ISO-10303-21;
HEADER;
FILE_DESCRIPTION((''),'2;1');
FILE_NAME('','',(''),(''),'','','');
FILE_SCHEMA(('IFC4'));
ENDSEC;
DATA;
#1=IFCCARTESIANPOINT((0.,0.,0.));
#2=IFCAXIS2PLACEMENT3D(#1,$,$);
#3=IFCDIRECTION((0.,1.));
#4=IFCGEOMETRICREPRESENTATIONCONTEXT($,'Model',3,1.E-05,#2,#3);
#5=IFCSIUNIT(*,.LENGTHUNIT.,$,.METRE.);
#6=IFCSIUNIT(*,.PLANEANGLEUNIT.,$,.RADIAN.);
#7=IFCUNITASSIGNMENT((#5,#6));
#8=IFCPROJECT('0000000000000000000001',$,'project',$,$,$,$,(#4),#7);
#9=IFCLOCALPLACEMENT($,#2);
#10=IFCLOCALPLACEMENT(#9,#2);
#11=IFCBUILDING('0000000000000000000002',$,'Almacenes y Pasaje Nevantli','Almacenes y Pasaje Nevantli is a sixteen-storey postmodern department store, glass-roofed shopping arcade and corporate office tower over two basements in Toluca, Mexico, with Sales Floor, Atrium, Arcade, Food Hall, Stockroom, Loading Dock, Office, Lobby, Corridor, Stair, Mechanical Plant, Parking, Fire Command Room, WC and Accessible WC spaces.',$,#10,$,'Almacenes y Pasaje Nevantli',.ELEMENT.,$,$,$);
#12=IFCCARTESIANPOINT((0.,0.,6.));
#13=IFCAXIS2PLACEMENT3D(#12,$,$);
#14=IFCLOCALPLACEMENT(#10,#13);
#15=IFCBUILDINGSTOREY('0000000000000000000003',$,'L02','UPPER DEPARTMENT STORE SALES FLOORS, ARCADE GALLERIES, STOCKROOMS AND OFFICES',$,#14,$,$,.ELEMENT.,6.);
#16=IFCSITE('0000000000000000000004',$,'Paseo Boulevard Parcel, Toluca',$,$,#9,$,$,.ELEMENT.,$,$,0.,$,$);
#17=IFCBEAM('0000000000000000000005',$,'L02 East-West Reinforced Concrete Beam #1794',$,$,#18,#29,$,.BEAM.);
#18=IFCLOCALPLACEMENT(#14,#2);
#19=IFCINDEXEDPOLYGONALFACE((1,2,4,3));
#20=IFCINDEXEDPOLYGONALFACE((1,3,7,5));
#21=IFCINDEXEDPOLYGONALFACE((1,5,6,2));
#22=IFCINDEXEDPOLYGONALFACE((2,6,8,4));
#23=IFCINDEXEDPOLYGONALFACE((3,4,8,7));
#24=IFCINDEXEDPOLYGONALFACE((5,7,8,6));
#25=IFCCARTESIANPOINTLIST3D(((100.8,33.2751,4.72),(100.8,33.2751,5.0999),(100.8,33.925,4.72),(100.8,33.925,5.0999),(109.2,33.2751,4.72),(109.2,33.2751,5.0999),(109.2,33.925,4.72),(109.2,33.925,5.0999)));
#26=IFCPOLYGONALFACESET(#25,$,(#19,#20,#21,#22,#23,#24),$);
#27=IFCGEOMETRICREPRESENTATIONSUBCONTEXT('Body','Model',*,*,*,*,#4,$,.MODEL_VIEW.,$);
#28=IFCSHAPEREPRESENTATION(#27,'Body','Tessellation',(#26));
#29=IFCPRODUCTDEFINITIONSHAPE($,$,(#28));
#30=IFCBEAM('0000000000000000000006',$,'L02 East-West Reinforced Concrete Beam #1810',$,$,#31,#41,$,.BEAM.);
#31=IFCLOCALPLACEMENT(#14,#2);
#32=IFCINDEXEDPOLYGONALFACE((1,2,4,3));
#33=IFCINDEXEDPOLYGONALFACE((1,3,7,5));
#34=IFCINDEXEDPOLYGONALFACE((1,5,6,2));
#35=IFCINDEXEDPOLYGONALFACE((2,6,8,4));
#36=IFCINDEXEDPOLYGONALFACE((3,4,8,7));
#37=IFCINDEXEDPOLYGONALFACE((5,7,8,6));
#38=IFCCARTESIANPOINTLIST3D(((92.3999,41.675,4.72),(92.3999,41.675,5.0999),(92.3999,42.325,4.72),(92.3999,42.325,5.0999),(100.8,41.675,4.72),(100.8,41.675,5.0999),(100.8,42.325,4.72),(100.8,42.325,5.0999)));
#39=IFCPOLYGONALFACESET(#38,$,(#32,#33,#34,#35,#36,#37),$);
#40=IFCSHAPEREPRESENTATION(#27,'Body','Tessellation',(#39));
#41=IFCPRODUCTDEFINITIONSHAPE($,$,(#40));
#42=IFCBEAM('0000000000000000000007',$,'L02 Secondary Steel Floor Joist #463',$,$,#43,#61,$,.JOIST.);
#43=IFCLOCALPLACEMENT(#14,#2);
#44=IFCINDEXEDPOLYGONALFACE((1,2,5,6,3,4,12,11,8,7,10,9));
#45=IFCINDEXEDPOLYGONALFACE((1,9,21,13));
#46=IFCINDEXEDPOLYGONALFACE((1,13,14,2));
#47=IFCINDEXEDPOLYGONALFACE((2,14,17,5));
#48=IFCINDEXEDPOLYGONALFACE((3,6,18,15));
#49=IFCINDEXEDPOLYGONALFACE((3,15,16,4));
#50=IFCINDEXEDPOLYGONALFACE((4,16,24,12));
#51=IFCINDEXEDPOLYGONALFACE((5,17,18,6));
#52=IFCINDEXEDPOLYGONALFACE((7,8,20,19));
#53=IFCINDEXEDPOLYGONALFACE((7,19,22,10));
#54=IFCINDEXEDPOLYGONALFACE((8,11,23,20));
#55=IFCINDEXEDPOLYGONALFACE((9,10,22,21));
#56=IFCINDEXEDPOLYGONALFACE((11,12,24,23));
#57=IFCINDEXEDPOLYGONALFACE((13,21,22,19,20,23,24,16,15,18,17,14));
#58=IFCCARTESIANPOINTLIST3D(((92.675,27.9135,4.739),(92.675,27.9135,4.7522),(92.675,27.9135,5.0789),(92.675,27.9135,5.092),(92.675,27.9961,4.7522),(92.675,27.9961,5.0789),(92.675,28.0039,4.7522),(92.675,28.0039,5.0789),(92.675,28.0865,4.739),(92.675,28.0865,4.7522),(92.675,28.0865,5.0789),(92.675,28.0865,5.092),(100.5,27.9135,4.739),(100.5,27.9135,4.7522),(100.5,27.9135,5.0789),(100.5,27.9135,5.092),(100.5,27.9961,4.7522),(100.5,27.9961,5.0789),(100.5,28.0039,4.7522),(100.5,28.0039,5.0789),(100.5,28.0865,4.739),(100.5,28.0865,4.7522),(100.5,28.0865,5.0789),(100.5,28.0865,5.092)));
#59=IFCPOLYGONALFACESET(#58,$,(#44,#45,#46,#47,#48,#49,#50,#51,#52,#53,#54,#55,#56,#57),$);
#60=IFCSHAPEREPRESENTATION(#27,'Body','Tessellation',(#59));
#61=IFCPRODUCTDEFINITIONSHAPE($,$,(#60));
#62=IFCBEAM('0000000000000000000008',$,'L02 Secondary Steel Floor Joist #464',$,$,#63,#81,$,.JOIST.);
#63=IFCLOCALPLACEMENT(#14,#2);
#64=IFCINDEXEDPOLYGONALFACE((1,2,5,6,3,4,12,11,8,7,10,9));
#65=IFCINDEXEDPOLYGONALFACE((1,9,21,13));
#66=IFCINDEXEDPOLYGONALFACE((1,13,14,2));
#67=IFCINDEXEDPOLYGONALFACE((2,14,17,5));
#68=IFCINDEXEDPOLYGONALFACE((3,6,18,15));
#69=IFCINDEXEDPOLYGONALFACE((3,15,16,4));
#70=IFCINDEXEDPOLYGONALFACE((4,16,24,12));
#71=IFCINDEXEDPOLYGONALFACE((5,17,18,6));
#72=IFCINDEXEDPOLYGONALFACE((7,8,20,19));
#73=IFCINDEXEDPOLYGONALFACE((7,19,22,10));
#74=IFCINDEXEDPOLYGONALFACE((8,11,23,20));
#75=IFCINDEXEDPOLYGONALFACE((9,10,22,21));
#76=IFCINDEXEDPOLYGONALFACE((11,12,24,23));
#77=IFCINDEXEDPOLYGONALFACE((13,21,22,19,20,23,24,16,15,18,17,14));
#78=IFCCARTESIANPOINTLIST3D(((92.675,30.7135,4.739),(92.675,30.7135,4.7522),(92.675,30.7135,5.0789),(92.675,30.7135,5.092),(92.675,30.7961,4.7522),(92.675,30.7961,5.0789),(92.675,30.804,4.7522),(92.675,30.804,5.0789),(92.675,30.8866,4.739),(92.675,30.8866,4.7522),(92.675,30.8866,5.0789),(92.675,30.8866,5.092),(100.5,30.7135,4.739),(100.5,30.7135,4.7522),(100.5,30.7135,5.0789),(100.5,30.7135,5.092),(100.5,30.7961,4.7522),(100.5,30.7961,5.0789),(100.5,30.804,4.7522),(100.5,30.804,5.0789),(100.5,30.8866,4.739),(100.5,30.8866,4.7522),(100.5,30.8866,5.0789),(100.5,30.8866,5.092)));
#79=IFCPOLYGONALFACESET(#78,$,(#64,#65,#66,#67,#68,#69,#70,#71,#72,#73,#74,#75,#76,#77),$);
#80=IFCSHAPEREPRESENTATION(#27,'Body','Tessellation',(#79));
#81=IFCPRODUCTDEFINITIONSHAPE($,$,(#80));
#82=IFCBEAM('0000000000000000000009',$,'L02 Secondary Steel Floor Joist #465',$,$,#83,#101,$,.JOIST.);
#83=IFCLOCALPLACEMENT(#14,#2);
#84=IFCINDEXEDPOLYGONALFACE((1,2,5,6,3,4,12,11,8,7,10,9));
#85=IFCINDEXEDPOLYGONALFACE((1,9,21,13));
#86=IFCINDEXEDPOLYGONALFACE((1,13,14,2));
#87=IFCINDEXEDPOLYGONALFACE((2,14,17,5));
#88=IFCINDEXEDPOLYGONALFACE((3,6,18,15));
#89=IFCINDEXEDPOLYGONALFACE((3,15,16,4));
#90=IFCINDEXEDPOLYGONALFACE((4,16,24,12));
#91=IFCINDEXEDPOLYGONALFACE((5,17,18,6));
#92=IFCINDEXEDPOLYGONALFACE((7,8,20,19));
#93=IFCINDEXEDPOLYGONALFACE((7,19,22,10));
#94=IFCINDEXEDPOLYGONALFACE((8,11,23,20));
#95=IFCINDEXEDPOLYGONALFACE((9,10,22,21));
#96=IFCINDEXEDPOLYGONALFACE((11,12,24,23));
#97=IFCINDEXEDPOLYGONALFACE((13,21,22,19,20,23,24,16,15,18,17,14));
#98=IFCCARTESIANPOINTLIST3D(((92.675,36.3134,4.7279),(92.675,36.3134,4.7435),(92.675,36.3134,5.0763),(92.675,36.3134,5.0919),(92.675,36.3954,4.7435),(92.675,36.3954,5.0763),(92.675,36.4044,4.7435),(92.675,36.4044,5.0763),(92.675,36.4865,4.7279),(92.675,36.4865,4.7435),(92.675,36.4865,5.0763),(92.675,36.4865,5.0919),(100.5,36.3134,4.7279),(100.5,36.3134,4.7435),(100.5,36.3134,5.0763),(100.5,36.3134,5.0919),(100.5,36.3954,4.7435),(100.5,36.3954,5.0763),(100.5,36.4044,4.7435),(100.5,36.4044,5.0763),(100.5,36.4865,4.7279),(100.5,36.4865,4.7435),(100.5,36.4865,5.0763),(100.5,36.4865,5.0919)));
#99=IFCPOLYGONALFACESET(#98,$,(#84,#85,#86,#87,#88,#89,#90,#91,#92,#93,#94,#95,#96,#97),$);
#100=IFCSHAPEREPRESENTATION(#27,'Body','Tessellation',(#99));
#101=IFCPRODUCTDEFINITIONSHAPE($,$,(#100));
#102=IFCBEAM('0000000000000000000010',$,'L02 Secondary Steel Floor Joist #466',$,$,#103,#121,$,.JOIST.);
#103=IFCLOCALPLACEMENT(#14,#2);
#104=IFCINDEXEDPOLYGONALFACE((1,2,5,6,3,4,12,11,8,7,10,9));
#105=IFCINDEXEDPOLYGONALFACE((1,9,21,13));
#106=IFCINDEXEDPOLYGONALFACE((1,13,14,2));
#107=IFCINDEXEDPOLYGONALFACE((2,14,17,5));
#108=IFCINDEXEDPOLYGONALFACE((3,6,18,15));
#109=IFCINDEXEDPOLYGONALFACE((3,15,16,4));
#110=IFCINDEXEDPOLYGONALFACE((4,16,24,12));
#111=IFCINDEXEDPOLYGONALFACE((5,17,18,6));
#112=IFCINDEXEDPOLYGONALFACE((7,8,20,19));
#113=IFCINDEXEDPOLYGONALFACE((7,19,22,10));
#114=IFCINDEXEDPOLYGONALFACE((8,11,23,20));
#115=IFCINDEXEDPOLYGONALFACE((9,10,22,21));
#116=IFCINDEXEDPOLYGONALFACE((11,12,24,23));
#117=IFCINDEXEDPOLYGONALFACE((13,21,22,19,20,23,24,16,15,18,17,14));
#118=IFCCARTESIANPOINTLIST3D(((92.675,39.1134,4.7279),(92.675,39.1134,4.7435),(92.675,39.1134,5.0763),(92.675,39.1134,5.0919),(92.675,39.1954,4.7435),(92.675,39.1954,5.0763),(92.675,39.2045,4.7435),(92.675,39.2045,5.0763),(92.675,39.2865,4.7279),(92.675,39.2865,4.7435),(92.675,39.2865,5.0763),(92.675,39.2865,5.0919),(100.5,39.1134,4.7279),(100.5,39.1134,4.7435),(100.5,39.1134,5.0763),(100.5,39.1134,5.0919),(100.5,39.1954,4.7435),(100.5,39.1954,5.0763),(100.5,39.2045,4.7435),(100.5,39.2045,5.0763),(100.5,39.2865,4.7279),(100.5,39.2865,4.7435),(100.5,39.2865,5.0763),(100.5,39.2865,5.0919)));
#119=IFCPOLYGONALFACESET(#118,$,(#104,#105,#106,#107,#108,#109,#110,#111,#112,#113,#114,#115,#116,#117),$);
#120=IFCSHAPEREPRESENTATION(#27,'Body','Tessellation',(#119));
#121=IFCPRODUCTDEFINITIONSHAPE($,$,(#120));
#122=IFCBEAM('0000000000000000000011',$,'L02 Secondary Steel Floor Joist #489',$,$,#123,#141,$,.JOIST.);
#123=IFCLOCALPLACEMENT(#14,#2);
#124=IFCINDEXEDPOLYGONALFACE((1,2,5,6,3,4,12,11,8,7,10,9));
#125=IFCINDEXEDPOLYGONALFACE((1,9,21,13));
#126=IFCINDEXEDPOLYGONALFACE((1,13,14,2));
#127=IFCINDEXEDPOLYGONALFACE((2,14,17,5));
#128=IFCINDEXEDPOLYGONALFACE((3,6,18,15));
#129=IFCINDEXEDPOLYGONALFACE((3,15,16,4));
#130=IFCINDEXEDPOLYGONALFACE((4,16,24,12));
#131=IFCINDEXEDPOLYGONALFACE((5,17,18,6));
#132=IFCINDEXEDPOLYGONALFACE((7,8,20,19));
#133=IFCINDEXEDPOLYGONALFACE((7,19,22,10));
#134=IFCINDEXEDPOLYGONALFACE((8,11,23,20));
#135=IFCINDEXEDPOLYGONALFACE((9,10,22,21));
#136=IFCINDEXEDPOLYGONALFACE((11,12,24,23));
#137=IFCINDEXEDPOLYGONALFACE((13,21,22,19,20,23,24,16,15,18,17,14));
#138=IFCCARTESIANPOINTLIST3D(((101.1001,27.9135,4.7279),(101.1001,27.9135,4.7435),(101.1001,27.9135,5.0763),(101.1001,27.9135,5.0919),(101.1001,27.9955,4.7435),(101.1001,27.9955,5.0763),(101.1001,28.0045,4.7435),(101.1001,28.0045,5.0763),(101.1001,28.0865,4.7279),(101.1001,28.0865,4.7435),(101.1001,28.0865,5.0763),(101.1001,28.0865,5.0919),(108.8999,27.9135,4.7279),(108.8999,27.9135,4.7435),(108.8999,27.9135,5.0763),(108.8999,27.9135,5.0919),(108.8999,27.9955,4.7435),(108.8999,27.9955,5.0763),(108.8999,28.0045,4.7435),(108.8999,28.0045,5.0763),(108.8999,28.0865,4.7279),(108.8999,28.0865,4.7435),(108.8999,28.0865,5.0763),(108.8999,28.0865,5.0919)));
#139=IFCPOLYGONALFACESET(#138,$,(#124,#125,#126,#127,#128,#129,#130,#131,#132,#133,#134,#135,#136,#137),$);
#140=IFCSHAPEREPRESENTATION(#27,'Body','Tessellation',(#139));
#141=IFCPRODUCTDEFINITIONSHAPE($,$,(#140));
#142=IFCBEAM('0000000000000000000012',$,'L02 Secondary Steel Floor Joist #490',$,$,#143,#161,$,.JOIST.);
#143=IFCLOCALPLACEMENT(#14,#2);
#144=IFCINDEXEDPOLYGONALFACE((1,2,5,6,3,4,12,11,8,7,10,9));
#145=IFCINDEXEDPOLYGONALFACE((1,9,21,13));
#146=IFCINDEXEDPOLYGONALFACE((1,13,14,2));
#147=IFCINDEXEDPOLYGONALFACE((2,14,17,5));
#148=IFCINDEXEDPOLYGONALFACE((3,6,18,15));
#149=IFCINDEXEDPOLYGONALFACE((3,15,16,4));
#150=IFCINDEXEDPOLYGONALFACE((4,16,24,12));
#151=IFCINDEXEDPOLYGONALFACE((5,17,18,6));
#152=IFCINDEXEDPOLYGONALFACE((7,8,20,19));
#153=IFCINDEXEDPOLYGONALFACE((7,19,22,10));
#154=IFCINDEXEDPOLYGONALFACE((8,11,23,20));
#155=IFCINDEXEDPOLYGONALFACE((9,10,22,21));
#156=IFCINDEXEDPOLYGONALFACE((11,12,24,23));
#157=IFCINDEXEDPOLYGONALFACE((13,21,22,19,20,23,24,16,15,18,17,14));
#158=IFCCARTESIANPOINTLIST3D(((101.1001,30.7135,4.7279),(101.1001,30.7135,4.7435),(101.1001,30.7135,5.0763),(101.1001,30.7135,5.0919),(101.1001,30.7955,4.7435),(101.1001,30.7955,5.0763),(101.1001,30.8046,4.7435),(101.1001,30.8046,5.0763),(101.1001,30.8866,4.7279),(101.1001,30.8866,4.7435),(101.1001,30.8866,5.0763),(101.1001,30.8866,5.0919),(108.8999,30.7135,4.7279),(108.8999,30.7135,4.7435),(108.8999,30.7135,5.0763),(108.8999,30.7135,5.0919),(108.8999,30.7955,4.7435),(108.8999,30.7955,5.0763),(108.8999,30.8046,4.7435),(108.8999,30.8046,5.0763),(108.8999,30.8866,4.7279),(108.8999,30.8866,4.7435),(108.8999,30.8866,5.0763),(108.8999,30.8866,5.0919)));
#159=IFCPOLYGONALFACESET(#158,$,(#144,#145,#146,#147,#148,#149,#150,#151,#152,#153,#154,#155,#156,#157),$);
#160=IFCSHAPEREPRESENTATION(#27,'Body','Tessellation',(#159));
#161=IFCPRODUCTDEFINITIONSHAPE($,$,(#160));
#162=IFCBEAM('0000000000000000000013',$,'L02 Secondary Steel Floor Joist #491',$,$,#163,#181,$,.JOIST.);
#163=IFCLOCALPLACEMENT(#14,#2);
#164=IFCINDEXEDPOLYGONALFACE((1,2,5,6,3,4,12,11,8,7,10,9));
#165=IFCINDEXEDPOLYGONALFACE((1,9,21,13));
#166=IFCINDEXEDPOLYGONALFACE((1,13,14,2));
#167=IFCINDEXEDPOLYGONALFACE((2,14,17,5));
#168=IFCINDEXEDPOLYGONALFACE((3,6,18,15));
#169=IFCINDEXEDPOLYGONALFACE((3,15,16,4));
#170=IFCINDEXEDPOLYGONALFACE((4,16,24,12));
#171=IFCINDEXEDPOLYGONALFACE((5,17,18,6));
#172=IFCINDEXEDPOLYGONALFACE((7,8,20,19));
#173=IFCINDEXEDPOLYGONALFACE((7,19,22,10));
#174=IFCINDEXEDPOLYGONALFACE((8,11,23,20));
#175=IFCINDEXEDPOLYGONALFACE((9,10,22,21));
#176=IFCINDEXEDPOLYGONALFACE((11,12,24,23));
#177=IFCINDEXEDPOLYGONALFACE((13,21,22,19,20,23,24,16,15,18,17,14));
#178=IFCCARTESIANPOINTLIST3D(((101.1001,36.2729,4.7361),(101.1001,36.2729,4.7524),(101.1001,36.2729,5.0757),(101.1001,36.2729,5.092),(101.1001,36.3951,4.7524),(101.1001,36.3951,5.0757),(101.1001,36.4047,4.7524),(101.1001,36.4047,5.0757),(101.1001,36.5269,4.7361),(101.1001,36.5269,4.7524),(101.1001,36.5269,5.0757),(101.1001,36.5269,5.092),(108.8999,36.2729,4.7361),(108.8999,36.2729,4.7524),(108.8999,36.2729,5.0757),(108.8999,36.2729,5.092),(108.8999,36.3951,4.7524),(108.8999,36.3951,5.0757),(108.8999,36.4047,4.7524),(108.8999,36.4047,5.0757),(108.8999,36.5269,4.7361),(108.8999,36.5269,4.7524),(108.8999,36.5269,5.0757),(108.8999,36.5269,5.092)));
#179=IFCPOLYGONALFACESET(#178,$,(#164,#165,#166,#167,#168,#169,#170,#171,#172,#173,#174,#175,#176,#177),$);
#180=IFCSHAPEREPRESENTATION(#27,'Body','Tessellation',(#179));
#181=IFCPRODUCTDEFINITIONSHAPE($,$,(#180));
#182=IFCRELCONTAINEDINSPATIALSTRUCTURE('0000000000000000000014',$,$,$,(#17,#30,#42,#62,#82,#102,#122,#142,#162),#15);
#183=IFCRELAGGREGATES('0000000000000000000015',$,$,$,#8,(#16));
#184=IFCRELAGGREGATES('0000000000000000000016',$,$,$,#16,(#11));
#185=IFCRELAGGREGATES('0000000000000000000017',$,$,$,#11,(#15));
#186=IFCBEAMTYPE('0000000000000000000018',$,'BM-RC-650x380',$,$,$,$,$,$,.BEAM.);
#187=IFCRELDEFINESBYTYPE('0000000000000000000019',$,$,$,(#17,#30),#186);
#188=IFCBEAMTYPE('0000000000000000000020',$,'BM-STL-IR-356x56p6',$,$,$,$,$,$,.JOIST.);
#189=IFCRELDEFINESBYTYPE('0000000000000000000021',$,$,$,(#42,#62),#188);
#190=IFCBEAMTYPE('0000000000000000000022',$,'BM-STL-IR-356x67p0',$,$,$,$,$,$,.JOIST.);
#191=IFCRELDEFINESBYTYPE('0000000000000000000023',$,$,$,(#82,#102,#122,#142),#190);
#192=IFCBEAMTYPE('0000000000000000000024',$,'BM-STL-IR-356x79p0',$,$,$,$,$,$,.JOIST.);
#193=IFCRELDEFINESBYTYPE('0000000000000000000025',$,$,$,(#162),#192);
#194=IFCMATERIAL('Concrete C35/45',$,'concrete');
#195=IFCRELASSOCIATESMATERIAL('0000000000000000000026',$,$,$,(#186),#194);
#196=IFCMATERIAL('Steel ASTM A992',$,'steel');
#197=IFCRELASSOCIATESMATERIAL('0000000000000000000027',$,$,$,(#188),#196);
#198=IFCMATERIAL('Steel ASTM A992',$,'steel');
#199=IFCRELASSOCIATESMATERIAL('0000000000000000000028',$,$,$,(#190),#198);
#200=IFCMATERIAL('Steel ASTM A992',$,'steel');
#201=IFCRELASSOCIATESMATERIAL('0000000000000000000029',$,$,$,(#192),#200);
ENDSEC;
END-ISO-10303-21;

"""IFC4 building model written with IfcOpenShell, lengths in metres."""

from ifc_helpers import new_model, si_unit, direction, frame, origin, origin_2d, place, context, subcontext, project, spatial, rectangle, i_section, extrude, material, material_profile, profile_set, type_object, element, save


model = new_model("IFC4")

# Units and contexts
model_context = context("Model", 3, precision=1e-05, world=origin(), true_north=direction((0.0, 1.0)))
body_context = subcontext(model_context, "Body", "Model", "MODEL_VIEW")
ifc_project = project(units=[si_unit("LENGTHUNIT", "METRE"), si_unit("PLANEANGLEUNIT", "RADIAN")], contexts=[model_context])

# Site, building, storey
site_placement = place(None, origin())
site = spatial("IfcSite", under=ifc_project, at=site_placement, Name="Paseo Boulevard Parcel, Toluca", CompositionType="ELEMENT", RefElevation=0.0)
building_placement = place(site_placement, origin())
building = spatial("IfcBuilding", under=site, at=building_placement, Name="Almacenes y Pasaje Nevantli", Description="Almacenes y Pasaje Nevantli is a sixteen-storey postmodern department store, glass-roofed shopping arcade and corporate office tower over two basements in Toluca, Mexico, with Sales Floor, Atrium, Arcade, Food Hall, Stockroom, Loading Dock, Office, Lobby, Corridor, Stair, Mechanical Plant, Parking, Fire Command Room, WC and Accessible WC spaces.", LongName="Almacenes y Pasaje Nevantli", CompositionType="ELEMENT")
storey_placement = place(building_placement, frame((0.0, 0.0, 6.0)))
storey = spatial("IfcBuildingStorey", under=building, at=storey_placement, Name="L02", Description="UPPER DEPARTMENT STORE SALES FLOORS, ARCADE GALLERIES, STOCKROOMS AND OFFICES", CompositionType="ELEMENT", Elevation=6.0)

# Beams
ifc_material_1 = material(Name="Concrete C35/45", Category="concrete")
ifc_material_profile_1 = material_profile(ifc_material_1, rectangle(XDim=0.6499, YDim=0.3799, at=origin_2d()), Name="RC-BM-650x380")
ifc_profile_set_1 = profile_set([ifc_material_profile_1], Name="Concrete C35/45")
beam_type_1 = type_object("IfcBeamType", Name="BM-RC-650x380", PredefinedType="BEAM", material=ifc_profile_set_1)
beam_1_placement = place(storey_placement, frame((100.8, 33.6001, 4.9099), z_axis=(1.0, 0.0, 0.0), x_axis=(0.0, 1.0, 0.0)))
element("IfcBeam", 1, at=beam_1_placement, inside=storey, type_object=beam_type_1, Name="L02 East-West Reinforced Concrete Beam #1794", PredefinedType="BEAM", context=body_context, shape_type="SweptSolid", body=[
    extrude(rectangle(XDim=0.6499, YDim=0.3799, at=origin_2d()), origin(), (0.0, 0.0, 1.0), 8.3999),
])
beam_2_placement = place(storey_placement, frame((92.3999, 42.0, 4.9099), z_axis=(1.0, 0.0, 0.0), x_axis=(0.0, 1.0, 0.0)))
element("IfcBeam", 2, at=beam_2_placement, inside=storey, type_object=beam_type_1, Name="L02 East-West Reinforced Concrete Beam #1810", PredefinedType="BEAM", context=body_context, shape_type="SweptSolid", body=[
    extrude(rectangle(XDim=0.6499, YDim=0.3799, at=origin_2d()), origin(), (0.0, 0.0, 1.0), 8.4001),
])
ifc_material_2 = material(Name="Steel ASTM A992", Category="steel")
ifc_material_profile_2 = material_profile(ifc_material_2, i_section(OverallWidth=0.1731, OverallDepth=0.353, WebThickness=0.0078, FlangeThickness=0.0132, at=origin_2d()), Name="IR 356x56.6")
ifc_profile_set_2 = profile_set([ifc_material_profile_2], Name="Steel ASTM A992")
beam_type_2 = type_object("IfcBeamType", Name="BM-STL-IR-356x56p6", PredefinedType="JOIST", material=ifc_profile_set_2)
for number, where, z_axis, x_axis, name in (
    (3, (92.675, 28.0, 4.9155), (1.0, 0.0, 0.0), (0.0, 1.0, 0.0), "L02 Secondary Steel Floor Joist #463"),
    (4, (92.675, 30.8, 4.9155), (1.0, 0.0, 0.0), (0.0, 1.0, 0.0), "L02 Secondary Steel Floor Joist #464"),
):
    element("IfcBeam", number, at=place(storey_placement, frame(where, z_axis=z_axis, x_axis=x_axis)), inside=storey, type_object=beam_type_2, Name=name, PredefinedType="JOIST", context=body_context, shape_type="SweptSolid", body=[
        extrude(i_section(OverallWidth=0.1731, OverallDepth=0.353, WebThickness=0.0078, FlangeThickness=0.0132, at=origin_2d()), origin(), (0.0, 0.0, 1.0), 7.825),
    ])
ifc_material_3 = material(Name="Steel ASTM A992", Category="steel")
ifc_material_profile_3 = material_profile(ifc_material_3, i_section(OverallWidth=0.1731, OverallDepth=0.364, WebThickness=0.009, FlangeThickness=0.0156, at=origin_2d()), Name="IR 356x67.0")
ifc_profile_set_3 = profile_set([ifc_material_profile_3], Name="Steel ASTM A992")
beam_type_3 = type_object("IfcBeamType", Name="BM-STL-IR-356x67p0", PredefinedType="JOIST", material=ifc_profile_set_3)
for number, where, z_axis, x_axis, name in (
    (5, (92.675, 36.3999, 4.9099), (1.0, 0.0, 0.0), (0.0, 1.0, 0.0), "L02 Secondary Steel Floor Joist #465"),
    (6, (92.675, 39.2, 4.9099), (1.0, 0.0, 0.0), (0.0, 1.0, 0.0), "L02 Secondary Steel Floor Joist #466"),
):
    element("IfcBeam", number, at=place(storey_placement, frame(where, z_axis=z_axis, x_axis=x_axis)), inside=storey, type_object=beam_type_3, Name=name, PredefinedType="JOIST", context=body_context, shape_type="SweptSolid", body=[
        extrude(i_section(OverallWidth=0.1731, OverallDepth=0.364, WebThickness=0.009, FlangeThickness=0.0156, at=origin_2d()), origin(), (0.0, 0.0, 1.0), 7.825),
    ])
for number, where, z_axis, x_axis, name in (
    (7, (101.1001, 28.0, 4.9099), (1.0, 0.0, 0.0), (0.0, 1.0, 0.0), "L02 Secondary Steel Floor Joist #489"),
    (8, (101.1001, 30.8, 4.9099), (1.0, 0.0, 0.0), (0.0, 1.0, 0.0), "L02 Secondary Steel Floor Joist #490"),
):
    element("IfcBeam", number, at=place(storey_placement, frame(where, z_axis=z_axis, x_axis=x_axis)), inside=storey, type_object=beam_type_3, Name=name, PredefinedType="JOIST", context=body_context, shape_type="SweptSolid", body=[
        extrude(i_section(OverallWidth=0.1731, OverallDepth=0.364, WebThickness=0.009, FlangeThickness=0.0156, at=origin_2d()), origin(), (0.0, 0.0, 1.0), 7.7998),
    ])
ifc_material_4 = material(Name="Steel ASTM A992", Category="steel")
ifc_material_profile_4 = material_profile(ifc_material_4, i_section(OverallWidth=0.2539, OverallDepth=0.356, WebThickness=0.0095, FlangeThickness=0.0164, at=origin_2d()), Name="IR 356x79.0")
ifc_profile_set_4 = profile_set([ifc_material_profile_4], Name="Steel ASTM A992")
beam_type_4 = type_object("IfcBeamType", Name="BM-STL-IR-356x79p0", PredefinedType="JOIST", material=ifc_profile_set_4)
for number, where, z_axis, x_axis, name in (
    (9, (101.1001, 36.3999, 4.9141), (1.0, 0.0, 0.0), (0.0, 1.0, 0.0), "L02 Secondary Steel Floor Joist #491"),
):
    element("IfcBeam", number, at=place(storey_placement, frame(where, z_axis=z_axis, x_axis=x_axis)), inside=storey, type_object=beam_type_4, Name=name, PredefinedType="JOIST", context=body_context, shape_type="SweptSolid", body=[
        extrude(i_section(OverallWidth=0.2539, OverallDepth=0.356, WebThickness=0.0095, FlangeThickness=0.0164, at=origin_2d()), origin(), (0.0, 0.0, 1.0), 7.7998),
    ])

save(model, "model.ifc")
